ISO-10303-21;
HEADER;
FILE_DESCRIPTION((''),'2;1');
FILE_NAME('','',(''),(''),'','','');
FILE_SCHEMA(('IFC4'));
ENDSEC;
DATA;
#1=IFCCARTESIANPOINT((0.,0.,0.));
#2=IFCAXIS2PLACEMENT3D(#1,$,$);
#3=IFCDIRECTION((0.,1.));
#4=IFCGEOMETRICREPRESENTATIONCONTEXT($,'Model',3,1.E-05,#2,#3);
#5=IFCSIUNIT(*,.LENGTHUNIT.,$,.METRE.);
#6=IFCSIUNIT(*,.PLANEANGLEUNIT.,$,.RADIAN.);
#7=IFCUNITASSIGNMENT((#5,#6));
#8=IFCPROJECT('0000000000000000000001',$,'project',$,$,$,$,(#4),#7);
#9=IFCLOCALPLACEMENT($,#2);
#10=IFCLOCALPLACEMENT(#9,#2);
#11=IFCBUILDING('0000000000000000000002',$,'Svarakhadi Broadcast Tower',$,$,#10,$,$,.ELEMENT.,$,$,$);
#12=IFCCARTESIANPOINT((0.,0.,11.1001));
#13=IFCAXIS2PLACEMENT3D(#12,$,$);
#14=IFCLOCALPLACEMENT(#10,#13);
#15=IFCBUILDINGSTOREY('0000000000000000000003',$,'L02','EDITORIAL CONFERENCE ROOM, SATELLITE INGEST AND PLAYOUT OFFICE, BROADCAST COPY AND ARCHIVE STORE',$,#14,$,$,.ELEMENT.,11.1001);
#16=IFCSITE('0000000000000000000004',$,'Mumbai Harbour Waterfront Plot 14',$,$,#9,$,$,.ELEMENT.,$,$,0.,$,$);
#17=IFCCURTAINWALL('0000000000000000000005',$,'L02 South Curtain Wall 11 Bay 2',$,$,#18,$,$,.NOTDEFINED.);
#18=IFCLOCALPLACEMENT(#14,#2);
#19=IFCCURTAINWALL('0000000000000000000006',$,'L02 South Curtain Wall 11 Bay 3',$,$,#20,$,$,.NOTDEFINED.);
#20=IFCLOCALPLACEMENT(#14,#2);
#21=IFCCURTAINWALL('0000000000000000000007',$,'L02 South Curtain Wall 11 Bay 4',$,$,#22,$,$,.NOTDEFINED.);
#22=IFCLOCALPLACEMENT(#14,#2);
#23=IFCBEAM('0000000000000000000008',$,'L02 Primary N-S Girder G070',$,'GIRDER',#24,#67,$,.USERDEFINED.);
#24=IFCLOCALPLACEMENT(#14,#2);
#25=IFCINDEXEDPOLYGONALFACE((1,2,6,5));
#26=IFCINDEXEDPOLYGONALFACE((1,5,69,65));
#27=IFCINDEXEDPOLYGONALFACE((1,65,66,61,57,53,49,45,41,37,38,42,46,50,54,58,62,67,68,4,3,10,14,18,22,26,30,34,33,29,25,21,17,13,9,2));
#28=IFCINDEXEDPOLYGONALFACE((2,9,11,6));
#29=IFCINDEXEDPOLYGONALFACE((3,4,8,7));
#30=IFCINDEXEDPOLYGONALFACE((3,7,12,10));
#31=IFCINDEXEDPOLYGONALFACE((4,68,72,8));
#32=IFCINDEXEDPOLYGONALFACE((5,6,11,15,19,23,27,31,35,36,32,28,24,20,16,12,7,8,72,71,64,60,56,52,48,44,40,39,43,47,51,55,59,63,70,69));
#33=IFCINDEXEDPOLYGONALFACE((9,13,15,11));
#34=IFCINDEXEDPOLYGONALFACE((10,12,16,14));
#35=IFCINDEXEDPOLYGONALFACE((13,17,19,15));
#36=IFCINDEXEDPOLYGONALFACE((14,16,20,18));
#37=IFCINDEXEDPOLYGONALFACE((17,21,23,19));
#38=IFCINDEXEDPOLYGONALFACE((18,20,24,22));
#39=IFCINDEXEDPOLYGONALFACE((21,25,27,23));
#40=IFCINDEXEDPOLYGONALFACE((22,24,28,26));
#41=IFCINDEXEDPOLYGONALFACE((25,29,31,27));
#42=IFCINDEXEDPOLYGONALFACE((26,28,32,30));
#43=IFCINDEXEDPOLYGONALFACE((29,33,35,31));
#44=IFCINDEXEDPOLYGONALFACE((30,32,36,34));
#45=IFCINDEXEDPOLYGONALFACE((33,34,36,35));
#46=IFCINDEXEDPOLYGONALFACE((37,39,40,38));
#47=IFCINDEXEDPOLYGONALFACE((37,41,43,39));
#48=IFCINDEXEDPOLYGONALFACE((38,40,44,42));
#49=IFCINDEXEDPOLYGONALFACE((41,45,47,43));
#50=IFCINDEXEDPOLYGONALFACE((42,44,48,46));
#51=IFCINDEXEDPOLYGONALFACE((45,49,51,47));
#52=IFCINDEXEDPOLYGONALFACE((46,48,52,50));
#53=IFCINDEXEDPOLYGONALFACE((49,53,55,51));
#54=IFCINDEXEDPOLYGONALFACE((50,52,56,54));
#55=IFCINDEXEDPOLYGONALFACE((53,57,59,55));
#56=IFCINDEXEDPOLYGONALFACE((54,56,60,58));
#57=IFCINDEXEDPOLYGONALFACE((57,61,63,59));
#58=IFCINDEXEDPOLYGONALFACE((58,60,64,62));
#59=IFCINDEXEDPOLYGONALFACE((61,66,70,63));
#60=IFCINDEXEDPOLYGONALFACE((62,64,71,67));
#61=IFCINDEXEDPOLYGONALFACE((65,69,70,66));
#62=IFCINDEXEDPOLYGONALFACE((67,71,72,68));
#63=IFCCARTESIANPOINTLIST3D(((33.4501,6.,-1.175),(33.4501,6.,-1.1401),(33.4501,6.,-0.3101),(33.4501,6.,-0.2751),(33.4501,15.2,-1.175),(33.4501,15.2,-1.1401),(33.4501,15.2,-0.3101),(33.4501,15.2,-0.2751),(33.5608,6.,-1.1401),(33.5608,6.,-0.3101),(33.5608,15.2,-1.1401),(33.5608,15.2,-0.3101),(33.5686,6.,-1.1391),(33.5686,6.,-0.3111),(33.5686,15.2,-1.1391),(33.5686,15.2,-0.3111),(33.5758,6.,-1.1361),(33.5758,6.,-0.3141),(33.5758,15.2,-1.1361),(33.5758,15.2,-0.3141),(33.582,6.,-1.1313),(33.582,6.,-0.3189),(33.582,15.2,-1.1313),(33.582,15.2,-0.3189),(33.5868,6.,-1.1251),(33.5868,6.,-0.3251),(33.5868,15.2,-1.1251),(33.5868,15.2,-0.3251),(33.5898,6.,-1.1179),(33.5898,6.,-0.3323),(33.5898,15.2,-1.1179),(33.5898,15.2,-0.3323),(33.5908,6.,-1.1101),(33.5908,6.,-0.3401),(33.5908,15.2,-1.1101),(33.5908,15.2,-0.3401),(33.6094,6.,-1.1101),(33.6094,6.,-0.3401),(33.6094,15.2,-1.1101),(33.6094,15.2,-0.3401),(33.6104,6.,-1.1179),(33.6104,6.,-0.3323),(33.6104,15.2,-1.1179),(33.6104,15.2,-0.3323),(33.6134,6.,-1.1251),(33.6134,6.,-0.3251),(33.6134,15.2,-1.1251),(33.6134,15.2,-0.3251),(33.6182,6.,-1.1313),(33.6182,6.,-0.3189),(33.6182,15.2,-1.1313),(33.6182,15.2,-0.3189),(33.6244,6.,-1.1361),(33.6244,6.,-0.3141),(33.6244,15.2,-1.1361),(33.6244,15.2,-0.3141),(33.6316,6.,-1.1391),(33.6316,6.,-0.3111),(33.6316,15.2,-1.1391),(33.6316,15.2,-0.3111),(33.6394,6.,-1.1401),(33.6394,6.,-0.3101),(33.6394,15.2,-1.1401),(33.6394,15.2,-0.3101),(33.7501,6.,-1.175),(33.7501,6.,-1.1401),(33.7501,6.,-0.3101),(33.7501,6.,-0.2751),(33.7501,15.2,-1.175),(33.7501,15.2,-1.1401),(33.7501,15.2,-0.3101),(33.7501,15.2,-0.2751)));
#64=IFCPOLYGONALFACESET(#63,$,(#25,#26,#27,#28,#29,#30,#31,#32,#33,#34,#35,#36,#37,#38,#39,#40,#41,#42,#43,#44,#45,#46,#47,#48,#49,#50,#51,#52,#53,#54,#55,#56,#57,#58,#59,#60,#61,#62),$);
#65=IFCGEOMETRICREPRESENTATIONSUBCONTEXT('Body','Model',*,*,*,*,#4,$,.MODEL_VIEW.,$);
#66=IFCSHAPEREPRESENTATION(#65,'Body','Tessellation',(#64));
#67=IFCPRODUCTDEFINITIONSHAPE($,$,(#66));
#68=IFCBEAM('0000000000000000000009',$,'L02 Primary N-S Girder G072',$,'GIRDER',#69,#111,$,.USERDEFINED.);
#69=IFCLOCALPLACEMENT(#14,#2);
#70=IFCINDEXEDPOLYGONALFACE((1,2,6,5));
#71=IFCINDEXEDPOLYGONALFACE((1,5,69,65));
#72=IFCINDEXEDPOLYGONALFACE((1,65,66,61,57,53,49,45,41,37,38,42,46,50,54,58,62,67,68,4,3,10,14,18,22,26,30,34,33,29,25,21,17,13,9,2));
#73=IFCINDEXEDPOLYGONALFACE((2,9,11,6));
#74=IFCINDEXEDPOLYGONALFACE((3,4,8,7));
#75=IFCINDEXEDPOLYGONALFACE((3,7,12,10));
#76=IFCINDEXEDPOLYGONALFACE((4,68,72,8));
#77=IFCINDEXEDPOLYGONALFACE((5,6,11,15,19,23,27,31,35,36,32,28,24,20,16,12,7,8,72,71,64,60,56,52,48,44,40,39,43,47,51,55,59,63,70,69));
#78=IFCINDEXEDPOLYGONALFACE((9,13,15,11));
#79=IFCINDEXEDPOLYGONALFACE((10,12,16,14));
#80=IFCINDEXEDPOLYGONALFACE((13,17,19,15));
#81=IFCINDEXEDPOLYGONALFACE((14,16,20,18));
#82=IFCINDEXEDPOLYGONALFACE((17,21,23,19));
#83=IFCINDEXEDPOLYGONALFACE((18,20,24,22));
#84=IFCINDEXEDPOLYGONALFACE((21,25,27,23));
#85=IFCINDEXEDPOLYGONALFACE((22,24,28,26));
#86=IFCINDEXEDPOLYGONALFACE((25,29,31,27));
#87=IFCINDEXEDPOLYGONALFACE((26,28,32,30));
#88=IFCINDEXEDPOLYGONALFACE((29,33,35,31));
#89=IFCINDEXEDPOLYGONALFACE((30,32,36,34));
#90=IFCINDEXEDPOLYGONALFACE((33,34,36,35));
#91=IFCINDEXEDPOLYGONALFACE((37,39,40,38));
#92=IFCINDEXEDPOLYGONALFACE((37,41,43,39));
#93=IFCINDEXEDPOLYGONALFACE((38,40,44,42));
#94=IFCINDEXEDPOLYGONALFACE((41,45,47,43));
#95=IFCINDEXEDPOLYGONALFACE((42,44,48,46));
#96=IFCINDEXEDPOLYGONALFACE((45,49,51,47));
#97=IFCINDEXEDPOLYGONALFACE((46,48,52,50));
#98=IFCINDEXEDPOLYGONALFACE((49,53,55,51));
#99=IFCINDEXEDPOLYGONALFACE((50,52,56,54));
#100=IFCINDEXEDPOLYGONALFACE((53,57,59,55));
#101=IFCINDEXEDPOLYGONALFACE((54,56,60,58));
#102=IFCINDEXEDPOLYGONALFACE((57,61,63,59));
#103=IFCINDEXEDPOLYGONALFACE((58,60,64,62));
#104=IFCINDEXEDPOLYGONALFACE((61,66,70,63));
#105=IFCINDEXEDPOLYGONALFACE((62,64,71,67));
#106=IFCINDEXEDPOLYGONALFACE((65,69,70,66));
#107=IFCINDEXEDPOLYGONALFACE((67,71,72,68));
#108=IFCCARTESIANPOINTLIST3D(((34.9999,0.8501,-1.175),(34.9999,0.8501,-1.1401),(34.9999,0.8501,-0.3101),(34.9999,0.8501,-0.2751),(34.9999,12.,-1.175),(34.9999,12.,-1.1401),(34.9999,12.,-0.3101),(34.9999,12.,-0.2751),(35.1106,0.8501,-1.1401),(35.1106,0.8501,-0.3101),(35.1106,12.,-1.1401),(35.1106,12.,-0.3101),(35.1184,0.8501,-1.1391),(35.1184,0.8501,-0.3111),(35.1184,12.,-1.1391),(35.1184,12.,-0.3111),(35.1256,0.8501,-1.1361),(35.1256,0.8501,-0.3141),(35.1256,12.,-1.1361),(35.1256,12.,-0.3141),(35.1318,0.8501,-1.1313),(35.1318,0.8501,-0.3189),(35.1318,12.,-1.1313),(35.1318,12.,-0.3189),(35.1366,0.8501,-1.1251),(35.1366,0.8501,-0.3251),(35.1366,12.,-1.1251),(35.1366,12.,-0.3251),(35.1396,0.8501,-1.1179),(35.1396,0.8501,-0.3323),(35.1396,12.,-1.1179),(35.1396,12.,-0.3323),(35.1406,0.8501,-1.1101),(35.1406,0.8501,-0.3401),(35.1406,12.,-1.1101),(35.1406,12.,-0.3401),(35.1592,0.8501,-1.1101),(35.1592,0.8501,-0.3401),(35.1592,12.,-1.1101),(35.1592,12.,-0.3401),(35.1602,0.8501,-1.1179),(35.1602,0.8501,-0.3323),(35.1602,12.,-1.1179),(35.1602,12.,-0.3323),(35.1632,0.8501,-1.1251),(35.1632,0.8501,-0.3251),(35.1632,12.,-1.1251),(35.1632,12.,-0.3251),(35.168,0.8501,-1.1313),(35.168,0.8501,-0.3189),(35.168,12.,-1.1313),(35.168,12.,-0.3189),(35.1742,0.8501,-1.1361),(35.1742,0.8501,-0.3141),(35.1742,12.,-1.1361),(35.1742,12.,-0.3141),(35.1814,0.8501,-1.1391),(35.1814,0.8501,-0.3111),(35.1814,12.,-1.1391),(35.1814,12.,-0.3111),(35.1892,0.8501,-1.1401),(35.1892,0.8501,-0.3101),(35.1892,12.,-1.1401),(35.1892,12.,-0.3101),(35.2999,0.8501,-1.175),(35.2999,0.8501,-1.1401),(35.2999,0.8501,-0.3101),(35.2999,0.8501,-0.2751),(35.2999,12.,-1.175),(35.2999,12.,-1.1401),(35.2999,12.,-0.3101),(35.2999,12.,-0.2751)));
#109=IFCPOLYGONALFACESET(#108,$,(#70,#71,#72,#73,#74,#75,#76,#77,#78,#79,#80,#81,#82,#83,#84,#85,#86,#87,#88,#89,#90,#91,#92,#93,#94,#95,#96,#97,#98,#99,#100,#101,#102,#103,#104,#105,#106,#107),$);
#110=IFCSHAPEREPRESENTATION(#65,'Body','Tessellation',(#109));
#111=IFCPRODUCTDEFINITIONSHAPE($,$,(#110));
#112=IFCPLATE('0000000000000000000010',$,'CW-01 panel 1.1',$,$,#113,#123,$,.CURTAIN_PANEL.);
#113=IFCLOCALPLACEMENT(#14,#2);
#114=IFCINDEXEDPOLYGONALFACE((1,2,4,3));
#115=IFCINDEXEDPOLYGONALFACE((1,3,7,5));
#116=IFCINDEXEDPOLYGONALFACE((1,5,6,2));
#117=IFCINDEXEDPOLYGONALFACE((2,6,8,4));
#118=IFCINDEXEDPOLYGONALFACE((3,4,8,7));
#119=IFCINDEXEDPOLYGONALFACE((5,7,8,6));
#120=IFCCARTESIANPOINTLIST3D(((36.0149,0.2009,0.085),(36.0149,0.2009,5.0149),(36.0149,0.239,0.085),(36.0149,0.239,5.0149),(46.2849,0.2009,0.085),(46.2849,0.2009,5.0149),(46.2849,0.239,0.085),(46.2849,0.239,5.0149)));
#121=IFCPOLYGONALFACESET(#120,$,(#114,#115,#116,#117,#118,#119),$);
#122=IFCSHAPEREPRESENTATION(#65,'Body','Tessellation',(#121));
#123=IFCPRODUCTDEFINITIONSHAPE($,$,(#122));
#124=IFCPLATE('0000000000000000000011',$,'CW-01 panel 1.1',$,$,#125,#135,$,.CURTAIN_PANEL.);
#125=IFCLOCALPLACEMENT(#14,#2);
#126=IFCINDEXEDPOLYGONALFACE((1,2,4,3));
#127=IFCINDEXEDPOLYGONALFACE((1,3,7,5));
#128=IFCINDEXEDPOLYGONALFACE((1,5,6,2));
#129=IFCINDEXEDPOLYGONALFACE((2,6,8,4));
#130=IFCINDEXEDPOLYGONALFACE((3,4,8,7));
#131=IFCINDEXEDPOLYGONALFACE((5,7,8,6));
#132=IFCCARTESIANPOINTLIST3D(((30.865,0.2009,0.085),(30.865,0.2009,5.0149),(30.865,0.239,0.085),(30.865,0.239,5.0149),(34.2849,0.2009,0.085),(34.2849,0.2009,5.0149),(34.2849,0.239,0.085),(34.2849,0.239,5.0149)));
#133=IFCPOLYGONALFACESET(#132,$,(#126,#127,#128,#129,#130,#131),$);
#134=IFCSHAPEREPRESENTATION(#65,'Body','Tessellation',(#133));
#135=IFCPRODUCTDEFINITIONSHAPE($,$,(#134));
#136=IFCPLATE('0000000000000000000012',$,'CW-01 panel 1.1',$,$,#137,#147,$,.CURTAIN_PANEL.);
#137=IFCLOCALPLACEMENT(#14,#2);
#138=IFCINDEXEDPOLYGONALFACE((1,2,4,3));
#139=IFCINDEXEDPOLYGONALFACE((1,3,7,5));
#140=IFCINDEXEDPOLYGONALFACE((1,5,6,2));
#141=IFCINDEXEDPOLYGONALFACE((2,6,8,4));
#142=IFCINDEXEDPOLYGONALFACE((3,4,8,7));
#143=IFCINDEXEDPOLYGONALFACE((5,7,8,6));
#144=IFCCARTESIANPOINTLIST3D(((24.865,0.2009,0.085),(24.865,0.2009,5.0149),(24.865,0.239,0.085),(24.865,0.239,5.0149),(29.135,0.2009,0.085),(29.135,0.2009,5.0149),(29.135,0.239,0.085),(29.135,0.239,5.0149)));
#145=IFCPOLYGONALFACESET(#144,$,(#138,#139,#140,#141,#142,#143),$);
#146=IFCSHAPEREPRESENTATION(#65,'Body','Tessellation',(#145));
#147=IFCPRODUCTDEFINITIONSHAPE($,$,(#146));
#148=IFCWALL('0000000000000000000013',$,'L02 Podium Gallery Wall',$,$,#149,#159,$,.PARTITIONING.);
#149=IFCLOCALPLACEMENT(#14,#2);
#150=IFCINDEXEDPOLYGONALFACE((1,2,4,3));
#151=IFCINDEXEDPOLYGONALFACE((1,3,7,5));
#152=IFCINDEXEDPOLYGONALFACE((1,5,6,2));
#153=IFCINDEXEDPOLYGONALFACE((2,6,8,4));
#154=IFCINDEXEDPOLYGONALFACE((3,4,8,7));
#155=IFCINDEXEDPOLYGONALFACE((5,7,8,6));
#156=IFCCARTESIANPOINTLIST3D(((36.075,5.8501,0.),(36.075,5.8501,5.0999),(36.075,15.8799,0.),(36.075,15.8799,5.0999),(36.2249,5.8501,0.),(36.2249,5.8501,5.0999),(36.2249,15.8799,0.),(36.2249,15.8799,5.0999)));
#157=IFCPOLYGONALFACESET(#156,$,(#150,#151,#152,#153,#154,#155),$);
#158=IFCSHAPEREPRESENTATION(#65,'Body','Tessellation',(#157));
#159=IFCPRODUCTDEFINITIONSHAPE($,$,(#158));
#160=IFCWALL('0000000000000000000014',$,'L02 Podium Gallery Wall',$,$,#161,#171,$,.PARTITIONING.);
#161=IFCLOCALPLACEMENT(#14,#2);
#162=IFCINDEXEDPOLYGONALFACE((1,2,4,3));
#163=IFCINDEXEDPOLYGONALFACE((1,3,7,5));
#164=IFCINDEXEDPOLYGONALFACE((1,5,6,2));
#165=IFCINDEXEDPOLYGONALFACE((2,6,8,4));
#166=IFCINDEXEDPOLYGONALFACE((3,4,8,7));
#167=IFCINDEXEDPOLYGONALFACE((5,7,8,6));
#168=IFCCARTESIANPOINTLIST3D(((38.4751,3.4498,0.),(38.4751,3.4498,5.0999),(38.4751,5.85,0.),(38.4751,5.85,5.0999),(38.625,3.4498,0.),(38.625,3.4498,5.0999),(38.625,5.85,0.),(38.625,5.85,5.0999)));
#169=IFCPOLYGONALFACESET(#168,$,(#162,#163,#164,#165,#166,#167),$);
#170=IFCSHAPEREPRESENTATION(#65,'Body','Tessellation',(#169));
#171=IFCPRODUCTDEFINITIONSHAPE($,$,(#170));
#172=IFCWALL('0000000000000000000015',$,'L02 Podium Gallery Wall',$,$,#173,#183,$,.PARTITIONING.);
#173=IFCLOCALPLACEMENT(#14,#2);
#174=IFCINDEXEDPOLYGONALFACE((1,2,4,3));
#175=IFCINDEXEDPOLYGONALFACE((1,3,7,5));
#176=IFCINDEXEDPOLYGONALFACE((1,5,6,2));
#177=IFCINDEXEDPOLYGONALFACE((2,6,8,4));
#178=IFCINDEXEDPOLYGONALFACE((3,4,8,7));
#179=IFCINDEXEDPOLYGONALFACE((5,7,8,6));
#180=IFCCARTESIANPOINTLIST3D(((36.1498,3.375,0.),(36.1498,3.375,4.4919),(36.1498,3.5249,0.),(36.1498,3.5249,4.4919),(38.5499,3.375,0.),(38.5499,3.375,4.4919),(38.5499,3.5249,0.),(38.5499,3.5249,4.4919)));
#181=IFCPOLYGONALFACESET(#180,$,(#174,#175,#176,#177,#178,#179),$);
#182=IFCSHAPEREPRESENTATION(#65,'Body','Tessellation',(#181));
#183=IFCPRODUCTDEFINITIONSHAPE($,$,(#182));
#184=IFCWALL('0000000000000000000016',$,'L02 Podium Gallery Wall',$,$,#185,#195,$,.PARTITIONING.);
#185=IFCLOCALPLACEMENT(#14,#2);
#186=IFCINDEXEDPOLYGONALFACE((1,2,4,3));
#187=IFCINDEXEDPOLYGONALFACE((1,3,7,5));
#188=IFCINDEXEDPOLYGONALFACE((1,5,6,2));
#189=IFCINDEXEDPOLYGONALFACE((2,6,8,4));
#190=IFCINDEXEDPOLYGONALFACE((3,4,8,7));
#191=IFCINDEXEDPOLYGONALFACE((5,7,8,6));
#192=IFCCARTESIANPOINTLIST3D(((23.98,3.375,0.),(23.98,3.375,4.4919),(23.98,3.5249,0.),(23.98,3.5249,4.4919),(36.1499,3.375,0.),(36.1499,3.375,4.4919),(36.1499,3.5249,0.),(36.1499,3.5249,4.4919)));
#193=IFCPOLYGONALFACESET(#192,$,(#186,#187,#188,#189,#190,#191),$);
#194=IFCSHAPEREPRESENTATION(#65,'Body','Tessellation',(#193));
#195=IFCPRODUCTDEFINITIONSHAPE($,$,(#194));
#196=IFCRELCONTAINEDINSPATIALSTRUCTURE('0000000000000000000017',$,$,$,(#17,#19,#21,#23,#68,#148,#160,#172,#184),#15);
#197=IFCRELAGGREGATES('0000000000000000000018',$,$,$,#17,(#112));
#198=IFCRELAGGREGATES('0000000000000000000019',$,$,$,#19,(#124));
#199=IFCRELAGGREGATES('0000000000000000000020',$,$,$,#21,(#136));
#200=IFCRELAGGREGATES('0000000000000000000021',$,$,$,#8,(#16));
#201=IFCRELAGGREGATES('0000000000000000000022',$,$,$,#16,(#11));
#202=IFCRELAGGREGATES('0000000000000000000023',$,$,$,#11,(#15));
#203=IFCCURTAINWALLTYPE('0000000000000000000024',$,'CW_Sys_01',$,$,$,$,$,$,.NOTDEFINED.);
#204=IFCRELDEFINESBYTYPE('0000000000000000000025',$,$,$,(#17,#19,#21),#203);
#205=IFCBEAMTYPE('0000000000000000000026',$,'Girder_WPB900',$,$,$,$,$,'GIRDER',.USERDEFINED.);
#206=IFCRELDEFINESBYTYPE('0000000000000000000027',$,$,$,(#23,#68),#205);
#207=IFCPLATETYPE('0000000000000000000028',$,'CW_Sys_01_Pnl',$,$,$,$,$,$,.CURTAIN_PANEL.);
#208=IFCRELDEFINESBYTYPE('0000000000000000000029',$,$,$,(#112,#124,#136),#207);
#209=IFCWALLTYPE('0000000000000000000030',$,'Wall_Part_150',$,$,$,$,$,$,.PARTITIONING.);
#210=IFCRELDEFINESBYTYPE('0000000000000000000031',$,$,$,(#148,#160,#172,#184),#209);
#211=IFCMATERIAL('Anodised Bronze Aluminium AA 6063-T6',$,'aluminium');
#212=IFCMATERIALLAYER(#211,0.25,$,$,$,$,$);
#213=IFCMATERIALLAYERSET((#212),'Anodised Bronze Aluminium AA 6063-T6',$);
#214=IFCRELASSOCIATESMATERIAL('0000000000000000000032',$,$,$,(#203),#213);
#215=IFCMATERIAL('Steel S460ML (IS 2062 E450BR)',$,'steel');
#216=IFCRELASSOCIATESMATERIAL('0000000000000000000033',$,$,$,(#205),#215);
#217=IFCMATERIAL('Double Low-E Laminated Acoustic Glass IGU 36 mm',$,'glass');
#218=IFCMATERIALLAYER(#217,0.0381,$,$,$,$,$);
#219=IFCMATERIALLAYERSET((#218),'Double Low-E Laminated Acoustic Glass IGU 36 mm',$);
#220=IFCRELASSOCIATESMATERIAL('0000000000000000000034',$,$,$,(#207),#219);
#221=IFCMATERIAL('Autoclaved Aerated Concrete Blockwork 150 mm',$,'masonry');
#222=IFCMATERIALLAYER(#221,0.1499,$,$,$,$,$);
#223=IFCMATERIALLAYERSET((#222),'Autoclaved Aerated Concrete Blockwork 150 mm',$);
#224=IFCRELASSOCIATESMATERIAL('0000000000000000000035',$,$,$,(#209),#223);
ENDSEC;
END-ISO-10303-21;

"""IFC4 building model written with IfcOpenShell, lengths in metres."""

from ifc_helpers import new_model, si_unit, direction, frame, frame_2d, origin, origin_2d, place, context, subcontext, project, spatial, rectangle, i_section, extrude, material, layer, layer_set, material_profile, profile_set, type_object, element, aggregate, save


model = new_model("IFC4")

# Units and contexts
model_context = context("Model", 3, precision=1e-05, world=origin(), true_north=direction((0.0, 1.0)))
body_context = subcontext(model_context, "Body", "Model", "MODEL_VIEW")
ifc_project = project(units=[si_unit("LENGTHUNIT", "METRE"), si_unit("PLANEANGLEUNIT", "RADIAN")], contexts=[model_context])

# Site, building, storey
site_placement = place(None, origin())
site = spatial("IfcSite", under=ifc_project, at=site_placement, Name="Mumbai Harbour Waterfront Plot 14", CompositionType="ELEMENT", RefElevation=0.0)
building_placement = place(site_placement, origin())
building = spatial("IfcBuilding", under=site, at=building_placement, Name="Svarakhadi Broadcast Tower", CompositionType="ELEMENT")
storey_placement = place(building_placement, frame((0.0, 0.0, 11.1001)))
storey = spatial("IfcBuildingStorey", under=building, at=storey_placement, Name="L02", Description="EDITORIAL CONFERENCE ROOM, SATELLITE INGEST AND PLAYOUT OFFICE, BROADCAST COPY AND ARCHIVE STORE", CompositionType="ELEMENT", Elevation=11.1001)

# Shared definitions
ifc_material_1 = material(Name="Steel S460ML (IS 2062 E450BR)", Category="steel")

# Curtain wall
ifc_material_2 = material(Name="Anodised Bronze Aluminium AA 6063-T6", Category="aluminium")
ifc_layer_1 = layer(ifc_material_2, 0.25)
ifc_layer_set_1 = layer_set([ifc_layer_1], Name="Anodised Bronze Aluminium AA 6063-T6")
curtain_wall_type = type_object("IfcCurtainWallType", Name="CW_Sys_01", PredefinedType="NOTDEFINED", material=ifc_layer_set_1)
curtain_wall_1_placement = place(storey_placement, origin())
curtain_wall_1 = element("IfcCurtainWall", 1, at=curtain_wall_1_placement, inside=storey, type_object=curtain_wall_type, Name="L02 South Curtain Wall 11 Bay 2", PredefinedType="NOTDEFINED")

# Curtain walls
curtain_wall_2_placement = place(storey_placement, origin())
curtain_wall_2 = element("IfcCurtainWall", 2, at=curtain_wall_2_placement, inside=storey, type_object=curtain_wall_type, Name="L02 South Curtain Wall 11 Bay 3", PredefinedType="NOTDEFINED")
curtain_wall_3_placement = place(storey_placement, origin())
curtain_wall_3 = element("IfcCurtainWall", 3, at=curtain_wall_3_placement, inside=storey, type_object=curtain_wall_type, Name="L02 South Curtain Wall 11 Bay 4", PredefinedType="NOTDEFINED")

# Beams
ifc_material_profile_1 = material_profile(ifc_material_1, i_section(OverallWidth=0.3, OverallDepth=0.8999, WebThickness=0.0186, FlangeThickness=0.0349, FilletRadius=0.03, at=origin_2d()), Name="WPB 900x300x291")
ifc_profile_set_1 = profile_set([ifc_material_profile_1], Name="Steel S460ML (IS 2062 E450BR)")
beam_type_1 = type_object("IfcBeamType", Name="Girder_WPB900", ElementType="GIRDER", PredefinedType="USERDEFINED", material=ifc_profile_set_1)
beam_1_placement = place(storey_placement, frame((33.6001, 6.0, -0.7251), z_axis=(0.0, 1.0, 0.0), x_axis=(-1.0, 0.0, 0.0)))
element("IfcBeam", 4, at=beam_1_placement, inside=storey, type_object=beam_type_1, Name="L02 Primary N-S Girder G070", ObjectType="GIRDER", PredefinedType="USERDEFINED", context=body_context, shape_type="SweptSolid", body=[
    extrude(i_section(OverallWidth=0.3, OverallDepth=0.8999, WebThickness=0.0186, FlangeThickness=0.0349, FilletRadius=0.03, at=origin_2d()), origin(), (0.0, 0.0, 1.0), 9.2),
])
beam_2_placement = place(storey_placement, frame((35.1499, 0.8501, -0.7251), z_axis=(0.0, 1.0, 0.0), x_axis=(-1.0, 0.0, 0.0)))
element("IfcBeam", 5, at=beam_2_placement, inside=storey, type_object=beam_type_1, Name="L02 Primary N-S Girder G072", ObjectType="GIRDER", PredefinedType="USERDEFINED", context=body_context, shape_type="SweptSolid", body=[
    extrude(i_section(OverallWidth=0.3, OverallDepth=0.8999, WebThickness=0.0186, FlangeThickness=0.0349, FilletRadius=0.03, at=origin_2d()), origin(), (0.0, 0.0, 1.0), 11.1499),
])

# Plates
ifc_material_3 = material(Name="Double Low-E Laminated Acoustic Glass IGU 36 mm", Category="glass")
ifc_layer_2 = layer(ifc_material_3, 0.0381)
ifc_layer_set_2 = layer_set([ifc_layer_2], Name="Double Low-E Laminated Acoustic Glass IGU 36 mm")
plate_type = type_object("IfcPlateType", Name="CW_Sys_01_Pnl", PredefinedType="CURTAIN_PANEL", material=ifc_layer_set_2)
plate_1_placement = place(storey_placement, frame((41.1499, 0.22, 0.085), z_axis=(0.0, 0.0, 1.0), x_axis=(-1.0, 0.0, 0.0)))
plate_1 = element("IfcPlate", 6, at=plate_1_placement, type_object=plate_type, Name="CW-01 panel 1.1", PredefinedType="CURTAIN_PANEL", context=body_context, shape_type="SweptSolid", body=[
    extrude(rectangle(XDim=10.27, YDim=0.0381, at=origin_2d()), origin(), (0.0, 0.0, 1.0), 4.9299),
])
aggregate(curtain_wall_1, [plate_1])
plate_2_placement = place(storey_placement, frame((32.575, 0.22, 0.085), z_axis=(0.0, 0.0, 1.0), x_axis=(-1.0, 0.0, 0.0)))
plate_2 = element("IfcPlate", 7, at=plate_2_placement, type_object=plate_type, Name="CW-01 panel 1.1", PredefinedType="CURTAIN_PANEL", context=body_context, shape_type="SweptSolid", body=[
    extrude(rectangle(XDim=3.4199, YDim=0.0381, at=origin_2d()), origin(), (0.0, 0.0, 1.0), 4.9299),
])
aggregate(curtain_wall_2, [plate_2])
plate_3_placement = place(storey_placement, frame((27.0, 0.22, 0.085), z_axis=(0.0, 0.0, 1.0), x_axis=(-1.0, 0.0, 0.0)))
plate_3 = element("IfcPlate", 8, at=plate_3_placement, type_object=plate_type, Name="CW-01 panel 1.1", PredefinedType="CURTAIN_PANEL", context=body_context, shape_type="SweptSolid", body=[
    extrude(rectangle(XDim=4.27, YDim=0.0381, at=origin_2d()), origin(), (0.0, 0.0, 1.0), 4.9299),
])
aggregate(curtain_wall_3, [plate_3])

# Walls
ifc_material_4 = material(Name="Autoclaved Aerated Concrete Blockwork 150 mm", Category="masonry")
ifc_layer_3 = layer(ifc_material_4, 0.1499)
ifc_layer_set_3 = layer_set([ifc_layer_3], Name="Autoclaved Aerated Concrete Blockwork 150 mm")
wall_type_1 = type_object("IfcWallType", Name="Wall_Part_150", PredefinedType="PARTITIONING", material=ifc_layer_set_3)
wall_1_placement = place(storey_placement, frame((36.1499, 5.8501, 0.0), z_axis=(0.0, 0.0, 1.0), x_axis=(0.0, 1.0, 0.0)))
element("IfcWall", 9, at=wall_1_placement, inside=storey, type_object=wall_type_1, Name="L02 Podium Gallery Wall", PredefinedType="PARTITIONING", context=body_context, shape_type="SweptSolid", body=[
    extrude(rectangle(XDim=10.0298, YDim=0.1499, at=frame_2d((5.0149, 0.0))), origin(), (0.0, 0.0, 1.0), 5.0999),
])
wall_2_placement = place(storey_placement, frame((38.55, 5.8501, 0.0), z_axis=(0.0, 0.0, 1.0), x_axis=(0.0, -1.0, 0.0)))
element("IfcWall", 10, at=wall_2_placement, inside=storey, type_object=wall_type_1, Name="L02 Podium Gallery Wall", PredefinedType="PARTITIONING", context=body_context, shape_type="SweptSolid", body=[
    extrude(rectangle(XDim=2.4001, YDim=0.1499, at=frame_2d((1.2002, 0.0))), origin(), (0.0, 0.0, 1.0), 5.0999),
])
wall_3_placement = place(storey_placement, frame((38.55, 3.45, 0.0), z_axis=(0.0, 0.0, 1.0), x_axis=(-1.0, 0.0, 0.0)))
element("IfcWall", 11, at=wall_3_placement, inside=storey, type_object=wall_type_1, Name="L02 Podium Gallery Wall", PredefinedType="PARTITIONING", context=body_context, shape_type="SweptSolid", body=[
    extrude(rectangle(XDim=2.4001, YDim=0.1499, at=frame_2d((1.2002, 0.0))), origin(), (0.0, 0.0, 1.0), 4.4919),
])
wall_4_placement = place(storey_placement, frame((36.1499, 3.45, 0.0), z_axis=(0.0, 0.0, 1.0), x_axis=(-1.0, 0.0, 0.0)))
element("IfcWall", 12, at=wall_4_placement, inside=storey, type_object=wall_type_1, Name="L02 Podium Gallery Wall", PredefinedType="PARTITIONING", context=body_context, shape_type="SweptSolid", body=[
    extrude(rectangle(XDim=12.1699, YDim=0.1499, at=frame_2d((6.085, 0.0))), origin(), (0.0, 0.0, 1.0), 4.4919),
])

save(model, "model.ifc")
